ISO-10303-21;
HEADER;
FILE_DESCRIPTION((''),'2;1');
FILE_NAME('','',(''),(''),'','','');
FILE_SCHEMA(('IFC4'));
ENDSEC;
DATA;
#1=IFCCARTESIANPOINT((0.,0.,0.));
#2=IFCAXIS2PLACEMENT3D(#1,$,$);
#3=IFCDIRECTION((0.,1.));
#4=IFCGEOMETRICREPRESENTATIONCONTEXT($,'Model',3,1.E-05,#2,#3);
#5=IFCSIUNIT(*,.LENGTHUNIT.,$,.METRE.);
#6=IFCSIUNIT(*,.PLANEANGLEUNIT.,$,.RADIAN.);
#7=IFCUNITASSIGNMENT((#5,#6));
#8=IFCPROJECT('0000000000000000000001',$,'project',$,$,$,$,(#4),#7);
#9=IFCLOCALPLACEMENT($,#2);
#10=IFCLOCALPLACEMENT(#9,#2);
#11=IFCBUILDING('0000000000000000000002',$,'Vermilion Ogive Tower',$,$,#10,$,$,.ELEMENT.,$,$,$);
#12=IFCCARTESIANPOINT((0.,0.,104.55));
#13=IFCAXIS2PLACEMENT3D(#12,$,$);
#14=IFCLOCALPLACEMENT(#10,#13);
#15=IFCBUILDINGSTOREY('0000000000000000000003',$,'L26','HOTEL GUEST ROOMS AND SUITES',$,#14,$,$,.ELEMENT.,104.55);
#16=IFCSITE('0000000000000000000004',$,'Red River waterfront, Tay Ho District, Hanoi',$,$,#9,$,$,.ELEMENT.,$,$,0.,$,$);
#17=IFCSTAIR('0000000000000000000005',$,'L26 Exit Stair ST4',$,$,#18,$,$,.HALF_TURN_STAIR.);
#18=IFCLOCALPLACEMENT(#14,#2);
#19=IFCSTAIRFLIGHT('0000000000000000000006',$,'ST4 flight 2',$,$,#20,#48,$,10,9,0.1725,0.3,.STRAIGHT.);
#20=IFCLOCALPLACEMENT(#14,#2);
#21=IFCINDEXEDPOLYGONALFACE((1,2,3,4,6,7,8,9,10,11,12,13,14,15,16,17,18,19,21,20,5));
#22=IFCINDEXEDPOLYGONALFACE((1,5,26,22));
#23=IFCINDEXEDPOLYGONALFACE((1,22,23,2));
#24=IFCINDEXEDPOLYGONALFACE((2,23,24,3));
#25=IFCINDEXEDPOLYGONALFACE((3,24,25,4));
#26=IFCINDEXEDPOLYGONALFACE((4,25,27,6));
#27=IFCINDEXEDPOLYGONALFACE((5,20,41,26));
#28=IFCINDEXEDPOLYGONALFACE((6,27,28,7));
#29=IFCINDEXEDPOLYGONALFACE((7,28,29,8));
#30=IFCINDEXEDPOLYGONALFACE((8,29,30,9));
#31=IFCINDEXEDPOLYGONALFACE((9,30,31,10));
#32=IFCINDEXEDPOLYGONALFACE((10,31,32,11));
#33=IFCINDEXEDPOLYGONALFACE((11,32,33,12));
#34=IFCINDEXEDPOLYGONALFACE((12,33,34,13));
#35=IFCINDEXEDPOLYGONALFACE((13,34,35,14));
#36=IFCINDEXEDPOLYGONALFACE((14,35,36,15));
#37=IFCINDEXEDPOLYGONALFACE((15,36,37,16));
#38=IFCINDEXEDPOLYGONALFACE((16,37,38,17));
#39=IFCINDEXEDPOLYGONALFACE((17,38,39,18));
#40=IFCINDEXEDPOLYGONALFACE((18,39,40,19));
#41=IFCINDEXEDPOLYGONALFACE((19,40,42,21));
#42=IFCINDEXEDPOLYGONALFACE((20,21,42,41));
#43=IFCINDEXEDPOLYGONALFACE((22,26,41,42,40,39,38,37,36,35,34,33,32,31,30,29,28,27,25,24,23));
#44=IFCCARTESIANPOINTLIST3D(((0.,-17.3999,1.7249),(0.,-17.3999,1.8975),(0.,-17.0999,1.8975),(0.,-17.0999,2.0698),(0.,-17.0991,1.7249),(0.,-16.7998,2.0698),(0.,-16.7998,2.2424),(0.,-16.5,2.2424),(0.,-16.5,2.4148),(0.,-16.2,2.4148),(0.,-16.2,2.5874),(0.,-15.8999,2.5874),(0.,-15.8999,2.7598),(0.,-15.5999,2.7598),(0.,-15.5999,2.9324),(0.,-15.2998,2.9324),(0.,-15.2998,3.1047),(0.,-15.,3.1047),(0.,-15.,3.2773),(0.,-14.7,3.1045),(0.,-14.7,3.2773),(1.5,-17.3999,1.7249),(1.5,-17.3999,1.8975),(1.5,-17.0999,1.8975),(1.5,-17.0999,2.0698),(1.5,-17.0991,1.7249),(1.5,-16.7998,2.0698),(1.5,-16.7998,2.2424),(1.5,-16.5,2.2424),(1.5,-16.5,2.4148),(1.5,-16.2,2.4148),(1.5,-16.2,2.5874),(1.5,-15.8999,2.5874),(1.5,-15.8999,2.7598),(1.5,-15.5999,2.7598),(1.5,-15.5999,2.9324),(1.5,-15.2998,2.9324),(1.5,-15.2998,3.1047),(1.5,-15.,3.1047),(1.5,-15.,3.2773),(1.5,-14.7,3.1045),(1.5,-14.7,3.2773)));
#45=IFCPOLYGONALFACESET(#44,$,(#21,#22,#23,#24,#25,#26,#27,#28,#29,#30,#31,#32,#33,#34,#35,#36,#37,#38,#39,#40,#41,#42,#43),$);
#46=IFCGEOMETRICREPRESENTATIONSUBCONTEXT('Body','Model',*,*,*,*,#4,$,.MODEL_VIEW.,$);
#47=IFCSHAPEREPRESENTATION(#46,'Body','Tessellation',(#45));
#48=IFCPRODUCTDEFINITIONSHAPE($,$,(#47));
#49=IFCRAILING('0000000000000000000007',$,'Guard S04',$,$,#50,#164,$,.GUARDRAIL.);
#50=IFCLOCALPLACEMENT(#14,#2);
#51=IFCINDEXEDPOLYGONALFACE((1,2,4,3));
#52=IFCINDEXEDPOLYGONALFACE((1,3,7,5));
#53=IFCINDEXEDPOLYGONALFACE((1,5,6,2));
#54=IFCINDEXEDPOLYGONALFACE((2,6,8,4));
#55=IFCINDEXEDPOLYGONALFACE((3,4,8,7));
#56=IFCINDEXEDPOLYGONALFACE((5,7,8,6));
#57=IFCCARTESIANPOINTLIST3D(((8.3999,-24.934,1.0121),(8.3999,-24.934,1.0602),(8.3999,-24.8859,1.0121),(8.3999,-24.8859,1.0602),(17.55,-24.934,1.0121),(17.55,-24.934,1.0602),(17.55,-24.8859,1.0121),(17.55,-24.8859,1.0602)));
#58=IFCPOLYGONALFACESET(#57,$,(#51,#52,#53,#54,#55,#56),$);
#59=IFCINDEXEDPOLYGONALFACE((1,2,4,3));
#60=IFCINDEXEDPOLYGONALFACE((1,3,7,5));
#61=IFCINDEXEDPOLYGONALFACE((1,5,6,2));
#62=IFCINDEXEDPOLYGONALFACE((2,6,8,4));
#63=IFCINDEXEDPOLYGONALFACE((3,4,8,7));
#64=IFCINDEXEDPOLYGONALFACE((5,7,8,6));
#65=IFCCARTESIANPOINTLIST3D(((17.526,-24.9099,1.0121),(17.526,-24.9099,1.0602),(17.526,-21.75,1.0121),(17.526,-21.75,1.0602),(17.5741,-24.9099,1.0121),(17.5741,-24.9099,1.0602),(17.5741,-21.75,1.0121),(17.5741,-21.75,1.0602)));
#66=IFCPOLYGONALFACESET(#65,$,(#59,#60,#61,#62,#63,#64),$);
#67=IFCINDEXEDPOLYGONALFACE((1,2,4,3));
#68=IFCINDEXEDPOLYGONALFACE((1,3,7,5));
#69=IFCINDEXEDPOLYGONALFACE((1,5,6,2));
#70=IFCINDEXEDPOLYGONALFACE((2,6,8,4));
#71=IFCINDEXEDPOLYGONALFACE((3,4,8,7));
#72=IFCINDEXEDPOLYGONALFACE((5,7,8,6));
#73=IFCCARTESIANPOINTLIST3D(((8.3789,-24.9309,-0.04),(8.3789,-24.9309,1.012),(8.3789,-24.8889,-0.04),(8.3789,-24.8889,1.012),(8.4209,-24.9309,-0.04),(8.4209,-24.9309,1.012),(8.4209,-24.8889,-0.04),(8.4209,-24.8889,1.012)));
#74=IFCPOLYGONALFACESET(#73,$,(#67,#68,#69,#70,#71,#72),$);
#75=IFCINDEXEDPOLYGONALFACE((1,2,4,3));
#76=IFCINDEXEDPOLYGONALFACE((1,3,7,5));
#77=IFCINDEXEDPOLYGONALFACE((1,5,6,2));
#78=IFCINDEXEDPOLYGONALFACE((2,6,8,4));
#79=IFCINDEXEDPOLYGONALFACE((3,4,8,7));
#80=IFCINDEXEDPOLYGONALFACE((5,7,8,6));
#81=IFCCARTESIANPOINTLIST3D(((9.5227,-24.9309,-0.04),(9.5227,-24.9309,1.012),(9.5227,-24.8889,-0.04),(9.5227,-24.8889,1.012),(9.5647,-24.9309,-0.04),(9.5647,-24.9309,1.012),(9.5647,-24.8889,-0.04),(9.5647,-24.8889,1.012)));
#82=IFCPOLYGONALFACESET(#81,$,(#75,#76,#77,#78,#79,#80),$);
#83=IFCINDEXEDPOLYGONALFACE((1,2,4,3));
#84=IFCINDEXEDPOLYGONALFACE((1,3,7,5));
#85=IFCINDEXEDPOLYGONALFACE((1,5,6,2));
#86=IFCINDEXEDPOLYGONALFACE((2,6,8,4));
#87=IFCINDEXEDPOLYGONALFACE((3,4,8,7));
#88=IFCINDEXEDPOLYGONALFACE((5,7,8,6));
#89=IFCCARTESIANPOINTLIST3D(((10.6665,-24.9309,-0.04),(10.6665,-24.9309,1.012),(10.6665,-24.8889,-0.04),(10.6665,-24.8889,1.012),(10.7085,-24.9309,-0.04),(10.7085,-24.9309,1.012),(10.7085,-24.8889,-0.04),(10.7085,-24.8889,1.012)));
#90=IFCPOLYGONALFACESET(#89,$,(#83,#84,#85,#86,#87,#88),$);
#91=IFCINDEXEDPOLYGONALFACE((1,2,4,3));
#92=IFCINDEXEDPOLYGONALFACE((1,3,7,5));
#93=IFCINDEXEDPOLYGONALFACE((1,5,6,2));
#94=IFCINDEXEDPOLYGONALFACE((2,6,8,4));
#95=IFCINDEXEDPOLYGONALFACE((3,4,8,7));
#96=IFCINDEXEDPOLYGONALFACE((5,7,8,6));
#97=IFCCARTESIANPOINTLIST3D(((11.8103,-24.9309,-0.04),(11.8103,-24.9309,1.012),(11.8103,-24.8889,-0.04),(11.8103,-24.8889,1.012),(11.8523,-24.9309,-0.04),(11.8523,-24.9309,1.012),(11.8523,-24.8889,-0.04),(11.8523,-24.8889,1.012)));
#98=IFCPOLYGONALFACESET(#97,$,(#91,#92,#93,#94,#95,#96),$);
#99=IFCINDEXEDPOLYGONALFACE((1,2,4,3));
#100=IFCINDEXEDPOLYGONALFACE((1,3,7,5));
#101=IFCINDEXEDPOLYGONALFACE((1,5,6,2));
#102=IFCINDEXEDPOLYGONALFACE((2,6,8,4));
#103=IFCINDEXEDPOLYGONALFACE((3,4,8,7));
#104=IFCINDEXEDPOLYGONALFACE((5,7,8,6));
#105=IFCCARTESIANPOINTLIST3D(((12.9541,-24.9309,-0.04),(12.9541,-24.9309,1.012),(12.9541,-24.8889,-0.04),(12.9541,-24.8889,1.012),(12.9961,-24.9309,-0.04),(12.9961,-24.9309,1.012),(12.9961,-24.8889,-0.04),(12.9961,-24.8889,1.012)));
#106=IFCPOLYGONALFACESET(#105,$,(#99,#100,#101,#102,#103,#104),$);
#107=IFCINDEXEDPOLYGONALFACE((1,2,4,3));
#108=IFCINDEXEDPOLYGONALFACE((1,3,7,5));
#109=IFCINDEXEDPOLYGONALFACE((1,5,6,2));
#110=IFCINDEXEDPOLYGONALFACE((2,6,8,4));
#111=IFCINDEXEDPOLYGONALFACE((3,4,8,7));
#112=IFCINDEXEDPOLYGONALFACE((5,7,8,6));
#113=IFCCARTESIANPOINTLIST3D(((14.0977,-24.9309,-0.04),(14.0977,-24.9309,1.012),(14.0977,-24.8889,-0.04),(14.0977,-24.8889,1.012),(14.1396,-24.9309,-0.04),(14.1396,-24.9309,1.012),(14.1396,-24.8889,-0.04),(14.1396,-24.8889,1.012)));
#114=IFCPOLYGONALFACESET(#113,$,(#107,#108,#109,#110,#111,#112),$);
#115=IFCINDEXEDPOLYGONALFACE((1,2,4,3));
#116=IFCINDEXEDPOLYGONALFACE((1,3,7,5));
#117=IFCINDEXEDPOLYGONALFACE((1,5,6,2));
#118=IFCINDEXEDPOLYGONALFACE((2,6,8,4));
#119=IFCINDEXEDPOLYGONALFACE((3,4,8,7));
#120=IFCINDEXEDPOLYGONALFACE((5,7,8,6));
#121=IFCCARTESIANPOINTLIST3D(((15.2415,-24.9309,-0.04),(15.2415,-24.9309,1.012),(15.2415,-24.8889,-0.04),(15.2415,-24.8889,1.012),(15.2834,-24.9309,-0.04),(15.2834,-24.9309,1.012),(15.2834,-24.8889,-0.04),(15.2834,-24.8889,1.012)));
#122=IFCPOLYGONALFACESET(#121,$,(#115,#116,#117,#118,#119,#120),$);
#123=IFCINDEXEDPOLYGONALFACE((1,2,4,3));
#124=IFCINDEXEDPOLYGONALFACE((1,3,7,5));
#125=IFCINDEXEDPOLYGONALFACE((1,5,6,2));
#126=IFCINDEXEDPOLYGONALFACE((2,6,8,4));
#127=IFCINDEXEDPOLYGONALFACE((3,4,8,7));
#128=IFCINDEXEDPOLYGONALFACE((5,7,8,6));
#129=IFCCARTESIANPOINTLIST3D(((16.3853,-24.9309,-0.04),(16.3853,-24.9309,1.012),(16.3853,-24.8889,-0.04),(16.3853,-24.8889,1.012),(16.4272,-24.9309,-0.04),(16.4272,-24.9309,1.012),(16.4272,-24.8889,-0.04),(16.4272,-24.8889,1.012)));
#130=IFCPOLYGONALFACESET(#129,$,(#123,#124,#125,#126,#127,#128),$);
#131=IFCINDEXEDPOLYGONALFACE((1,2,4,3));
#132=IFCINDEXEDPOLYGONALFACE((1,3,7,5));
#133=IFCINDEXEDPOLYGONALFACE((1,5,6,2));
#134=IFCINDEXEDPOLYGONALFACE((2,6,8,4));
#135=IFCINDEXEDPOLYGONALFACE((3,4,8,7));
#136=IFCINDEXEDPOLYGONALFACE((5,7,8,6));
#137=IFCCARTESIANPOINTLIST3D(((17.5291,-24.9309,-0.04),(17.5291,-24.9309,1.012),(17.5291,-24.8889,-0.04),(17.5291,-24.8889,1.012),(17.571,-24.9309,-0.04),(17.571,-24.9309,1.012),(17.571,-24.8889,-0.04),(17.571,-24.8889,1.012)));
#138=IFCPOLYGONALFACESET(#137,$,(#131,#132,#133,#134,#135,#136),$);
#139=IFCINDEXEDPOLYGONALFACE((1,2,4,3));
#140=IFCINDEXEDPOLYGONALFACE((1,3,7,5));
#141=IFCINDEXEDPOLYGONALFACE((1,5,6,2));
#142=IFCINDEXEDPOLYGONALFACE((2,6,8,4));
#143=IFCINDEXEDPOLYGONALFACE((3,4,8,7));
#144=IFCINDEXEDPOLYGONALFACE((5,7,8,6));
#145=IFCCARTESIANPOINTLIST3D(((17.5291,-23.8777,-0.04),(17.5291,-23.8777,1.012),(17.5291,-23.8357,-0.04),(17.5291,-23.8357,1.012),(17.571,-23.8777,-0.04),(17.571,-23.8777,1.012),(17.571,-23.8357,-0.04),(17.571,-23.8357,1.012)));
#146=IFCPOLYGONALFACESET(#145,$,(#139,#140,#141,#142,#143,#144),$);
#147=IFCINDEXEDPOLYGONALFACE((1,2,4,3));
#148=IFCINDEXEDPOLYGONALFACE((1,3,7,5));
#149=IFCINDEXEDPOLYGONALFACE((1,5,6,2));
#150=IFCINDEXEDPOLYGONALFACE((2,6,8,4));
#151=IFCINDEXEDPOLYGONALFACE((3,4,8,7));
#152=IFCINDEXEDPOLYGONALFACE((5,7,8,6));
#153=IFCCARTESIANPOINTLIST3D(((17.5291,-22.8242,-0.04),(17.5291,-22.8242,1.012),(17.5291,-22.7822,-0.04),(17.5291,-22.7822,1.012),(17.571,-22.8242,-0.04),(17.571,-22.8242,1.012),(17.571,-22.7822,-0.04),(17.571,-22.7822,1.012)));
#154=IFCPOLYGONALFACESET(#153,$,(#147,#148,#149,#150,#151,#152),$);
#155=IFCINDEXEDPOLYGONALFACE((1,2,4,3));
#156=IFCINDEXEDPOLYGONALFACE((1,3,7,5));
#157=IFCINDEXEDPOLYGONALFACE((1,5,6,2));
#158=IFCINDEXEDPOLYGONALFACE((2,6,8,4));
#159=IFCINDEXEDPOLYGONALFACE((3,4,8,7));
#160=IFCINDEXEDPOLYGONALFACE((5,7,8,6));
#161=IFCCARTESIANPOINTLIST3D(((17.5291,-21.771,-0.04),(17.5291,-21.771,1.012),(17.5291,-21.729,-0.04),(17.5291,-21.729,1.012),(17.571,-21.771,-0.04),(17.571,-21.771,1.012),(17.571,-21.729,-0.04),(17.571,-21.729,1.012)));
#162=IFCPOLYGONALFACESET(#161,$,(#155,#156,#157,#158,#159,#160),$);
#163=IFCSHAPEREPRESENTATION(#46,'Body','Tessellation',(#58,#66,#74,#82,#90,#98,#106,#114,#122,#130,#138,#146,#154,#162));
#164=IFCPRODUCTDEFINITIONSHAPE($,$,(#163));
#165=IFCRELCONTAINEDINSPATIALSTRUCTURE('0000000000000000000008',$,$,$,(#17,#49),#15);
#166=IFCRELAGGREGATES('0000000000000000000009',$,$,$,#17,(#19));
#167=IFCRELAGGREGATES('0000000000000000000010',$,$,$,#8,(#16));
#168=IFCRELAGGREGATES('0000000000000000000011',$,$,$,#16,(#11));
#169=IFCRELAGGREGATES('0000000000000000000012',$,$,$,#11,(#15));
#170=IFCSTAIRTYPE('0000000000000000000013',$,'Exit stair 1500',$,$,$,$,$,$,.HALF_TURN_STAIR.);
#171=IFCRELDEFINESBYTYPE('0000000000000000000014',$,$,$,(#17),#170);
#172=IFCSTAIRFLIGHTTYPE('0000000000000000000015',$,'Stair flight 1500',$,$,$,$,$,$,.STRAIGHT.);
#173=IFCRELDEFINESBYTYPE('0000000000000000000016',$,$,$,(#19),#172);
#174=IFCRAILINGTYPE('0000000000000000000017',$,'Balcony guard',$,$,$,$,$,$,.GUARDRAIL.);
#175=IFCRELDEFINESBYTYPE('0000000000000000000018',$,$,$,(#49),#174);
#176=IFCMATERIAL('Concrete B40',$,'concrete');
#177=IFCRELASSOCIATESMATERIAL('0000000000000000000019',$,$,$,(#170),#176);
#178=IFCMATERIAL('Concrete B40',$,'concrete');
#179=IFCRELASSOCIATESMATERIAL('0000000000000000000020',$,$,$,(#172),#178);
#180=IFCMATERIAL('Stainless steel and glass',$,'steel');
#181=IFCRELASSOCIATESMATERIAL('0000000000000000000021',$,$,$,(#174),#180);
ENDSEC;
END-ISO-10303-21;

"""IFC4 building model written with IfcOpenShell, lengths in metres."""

from ifc_helpers import new_model, si_unit, direction, frame, origin, origin_2d, place, context, subcontext, project, spatial, polyline, rectangle, outline, extrude, material, type_object, element, aggregate, save


model = new_model("IFC4")

# Units and contexts
model_context = context("Model", 3, precision=1e-05, world=origin(), true_north=direction((0.0, 1.0)))
body_context = subcontext(model_context, "Body", "Model", "MODEL_VIEW")
ifc_project = project(units=[si_unit("LENGTHUNIT", "METRE"), si_unit("PLANEANGLEUNIT", "RADIAN")], contexts=[model_context])

# Site, building, storey
site_placement = place(None, origin())
site = spatial("IfcSite", under=ifc_project, at=site_placement, Name="Red River waterfront, Tay Ho District, Hanoi", CompositionType="ELEMENT", RefElevation=0.0)
building_placement = place(site_placement, origin())
building = spatial("IfcBuilding", under=site, at=building_placement, Name="Vermilion Ogive Tower", CompositionType="ELEMENT")
storey_placement = place(building_placement, frame((0.0, 0.0, 104.55)))
storey = spatial("IfcBuildingStorey", under=building, at=storey_placement, Name="L26", Description="HOTEL GUEST ROOMS AND SUITES", CompositionType="ELEMENT", Elevation=104.55)

# Stair, stair flight
ifc_material_1 = material(Name="Concrete B40", Category="concrete")
stair_type = type_object("IfcStairType", Name="Exit stair 1500", PredefinedType="HALF_TURN_STAIR", material=ifc_material_1)
stair_placement = place(storey_placement, origin())
stair = element("IfcStair", 1, at=stair_placement, inside=storey, type_object=stair_type, Name="L26 Exit Stair ST4", PredefinedType="HALF_TURN_STAIR")
ifc_material_2 = material(Name="Concrete B40", Category="concrete")
stair_flight_type = type_object("IfcStairFlightType", Name="Stair flight 1500", PredefinedType="STRAIGHT", material=ifc_material_2)
stair_flight_placement = place(storey_placement, frame((0.75, -17.3999, 1.7249), z_axis=(0.0, 0.0, 1.0), x_axis=(0.0, 1.0, 0.0)))
stair_flight = element("IfcStairFlight", 2, at=stair_flight_placement, type_object=stair_flight_type, Name="ST4 flight 2", NumberOfRisers=10, NumberOfTreads=9, PredefinedType="STRAIGHT", RiserHeight=0.1725, TreadLength=0.3, context=body_context, shape_type="SweptSolid", body=[
    extrude(outline(polyline([(0.0, 0.0), (0.0, 0.1726), (0.3, 0.1726), (0.3, 0.345), (0.6001, 0.345), (0.6001, 0.5176), (0.8999, 0.5176), (0.8999, 0.6899), (1.2, 0.6899), (1.2, 0.8625), (1.5, 0.8625), (1.5, 1.0349), (1.8, 1.0349), (1.8, 1.2075), (2.1001, 1.2075), (2.1001, 1.3799), (2.3999, 1.3799), (2.3999, 1.5525), (2.7, 1.5525), (2.7, 1.7251), (2.7, 1.3796), (0.3008, 0.0), (0.0, 0.0)])), frame((0.0, 0.75, 0.0), z_axis=(0.0, -1.0, 0.0), x_axis=(1.0, 0.0, 0.0)), (0.0, 0.0, 1.0), 1.5),
])
aggregate(stair, [stair_flight])

# Railing
ifc_material_3 = material(Name="Stainless steel and glass", Category="steel")
railing_type_1 = type_object("IfcRailingType", Name="Balcony guard", PredefinedType="GUARDRAIL", material=ifc_material_3)
railing_1_placement = place(storey_placement, frame((8.3999, -24.9099, -0.04)))
element("IfcRailing", 3, at=railing_1_placement, inside=storey, type_object=railing_type_1, Name="Guard S04", PredefinedType="GUARDRAIL", context=body_context, shape_type="SweptSolid", body=[
    extrude(rectangle(XDim=0.0481, YDim=0.0481, at=origin_2d()), frame((0.0, 0.0, 1.0762), z_axis=(1.0, 0.0, 0.0), x_axis=(0.0, 1.0, 0.0)), (0.0, 0.0, 1.0), 9.1501),
    extrude(rectangle(XDim=0.0481, YDim=0.0481, at=origin_2d()), frame((9.1501, 0.0, 1.0762), z_axis=(0.0, 1.0, 0.0), x_axis=(-1.0, 0.0, 0.0)), (0.0, 0.0, 1.0), 3.1599),
    extrude(rectangle(XDim=0.042, YDim=0.042, at=origin_2d()), origin(), (0.0, 0.0, 1.0), 1.052),
    extrude(rectangle(XDim=0.042, YDim=0.042, at=origin_2d()), frame((1.1438, 0.0, 0.0)), (0.0, 0.0, 1.0), 1.052),
    extrude(rectangle(XDim=0.042, YDim=0.042, at=origin_2d()), frame((2.2876, 0.0, 0.0)), (0.0, 0.0, 1.0), 1.052),
    extrude(rectangle(XDim=0.042, YDim=0.042, at=origin_2d()), frame((3.4314, 0.0, 0.0)), (0.0, 0.0, 1.0), 1.052),
    extrude(rectangle(XDim=0.042, YDim=0.042, at=origin_2d()), frame((4.5752, 0.0, 0.0)), (0.0, 0.0, 1.0), 1.052),
    extrude(rectangle(XDim=0.042, YDim=0.042, at=origin_2d()), frame((5.7188, 0.0, 0.0)), (0.0, 0.0, 1.0), 1.052),
    extrude(rectangle(XDim=0.042, YDim=0.042, at=origin_2d()), frame((6.8625, 0.0, 0.0)), (0.0, 0.0, 1.0), 1.052),
    extrude(rectangle(XDim=0.042, YDim=0.042, at=origin_2d()), frame((8.0063, 0.0, 0.0)), (0.0, 0.0, 1.0), 1.052),
    extrude(rectangle(XDim=0.042, YDim=0.042, at=origin_2d()), frame((9.1501, 0.0, 0.0)), (0.0, 0.0, 1.0), 1.052),
    extrude(rectangle(XDim=0.042, YDim=0.042, at=origin_2d()), frame((9.1501, 1.0532, 0.0)), (0.0, 0.0, 1.0), 1.052),
    extrude(rectangle(XDim=0.042, YDim=0.042, at=origin_2d()), frame((9.1501, 2.1067, 0.0)), (0.0, 0.0, 1.0), 1.052),
    extrude(rectangle(XDim=0.042, YDim=0.042, at=origin_2d()), frame((9.1501, 3.1599, 0.0)), (0.0, 0.0, 1.0), 1.052),
])

save(model, "model.ifc")
